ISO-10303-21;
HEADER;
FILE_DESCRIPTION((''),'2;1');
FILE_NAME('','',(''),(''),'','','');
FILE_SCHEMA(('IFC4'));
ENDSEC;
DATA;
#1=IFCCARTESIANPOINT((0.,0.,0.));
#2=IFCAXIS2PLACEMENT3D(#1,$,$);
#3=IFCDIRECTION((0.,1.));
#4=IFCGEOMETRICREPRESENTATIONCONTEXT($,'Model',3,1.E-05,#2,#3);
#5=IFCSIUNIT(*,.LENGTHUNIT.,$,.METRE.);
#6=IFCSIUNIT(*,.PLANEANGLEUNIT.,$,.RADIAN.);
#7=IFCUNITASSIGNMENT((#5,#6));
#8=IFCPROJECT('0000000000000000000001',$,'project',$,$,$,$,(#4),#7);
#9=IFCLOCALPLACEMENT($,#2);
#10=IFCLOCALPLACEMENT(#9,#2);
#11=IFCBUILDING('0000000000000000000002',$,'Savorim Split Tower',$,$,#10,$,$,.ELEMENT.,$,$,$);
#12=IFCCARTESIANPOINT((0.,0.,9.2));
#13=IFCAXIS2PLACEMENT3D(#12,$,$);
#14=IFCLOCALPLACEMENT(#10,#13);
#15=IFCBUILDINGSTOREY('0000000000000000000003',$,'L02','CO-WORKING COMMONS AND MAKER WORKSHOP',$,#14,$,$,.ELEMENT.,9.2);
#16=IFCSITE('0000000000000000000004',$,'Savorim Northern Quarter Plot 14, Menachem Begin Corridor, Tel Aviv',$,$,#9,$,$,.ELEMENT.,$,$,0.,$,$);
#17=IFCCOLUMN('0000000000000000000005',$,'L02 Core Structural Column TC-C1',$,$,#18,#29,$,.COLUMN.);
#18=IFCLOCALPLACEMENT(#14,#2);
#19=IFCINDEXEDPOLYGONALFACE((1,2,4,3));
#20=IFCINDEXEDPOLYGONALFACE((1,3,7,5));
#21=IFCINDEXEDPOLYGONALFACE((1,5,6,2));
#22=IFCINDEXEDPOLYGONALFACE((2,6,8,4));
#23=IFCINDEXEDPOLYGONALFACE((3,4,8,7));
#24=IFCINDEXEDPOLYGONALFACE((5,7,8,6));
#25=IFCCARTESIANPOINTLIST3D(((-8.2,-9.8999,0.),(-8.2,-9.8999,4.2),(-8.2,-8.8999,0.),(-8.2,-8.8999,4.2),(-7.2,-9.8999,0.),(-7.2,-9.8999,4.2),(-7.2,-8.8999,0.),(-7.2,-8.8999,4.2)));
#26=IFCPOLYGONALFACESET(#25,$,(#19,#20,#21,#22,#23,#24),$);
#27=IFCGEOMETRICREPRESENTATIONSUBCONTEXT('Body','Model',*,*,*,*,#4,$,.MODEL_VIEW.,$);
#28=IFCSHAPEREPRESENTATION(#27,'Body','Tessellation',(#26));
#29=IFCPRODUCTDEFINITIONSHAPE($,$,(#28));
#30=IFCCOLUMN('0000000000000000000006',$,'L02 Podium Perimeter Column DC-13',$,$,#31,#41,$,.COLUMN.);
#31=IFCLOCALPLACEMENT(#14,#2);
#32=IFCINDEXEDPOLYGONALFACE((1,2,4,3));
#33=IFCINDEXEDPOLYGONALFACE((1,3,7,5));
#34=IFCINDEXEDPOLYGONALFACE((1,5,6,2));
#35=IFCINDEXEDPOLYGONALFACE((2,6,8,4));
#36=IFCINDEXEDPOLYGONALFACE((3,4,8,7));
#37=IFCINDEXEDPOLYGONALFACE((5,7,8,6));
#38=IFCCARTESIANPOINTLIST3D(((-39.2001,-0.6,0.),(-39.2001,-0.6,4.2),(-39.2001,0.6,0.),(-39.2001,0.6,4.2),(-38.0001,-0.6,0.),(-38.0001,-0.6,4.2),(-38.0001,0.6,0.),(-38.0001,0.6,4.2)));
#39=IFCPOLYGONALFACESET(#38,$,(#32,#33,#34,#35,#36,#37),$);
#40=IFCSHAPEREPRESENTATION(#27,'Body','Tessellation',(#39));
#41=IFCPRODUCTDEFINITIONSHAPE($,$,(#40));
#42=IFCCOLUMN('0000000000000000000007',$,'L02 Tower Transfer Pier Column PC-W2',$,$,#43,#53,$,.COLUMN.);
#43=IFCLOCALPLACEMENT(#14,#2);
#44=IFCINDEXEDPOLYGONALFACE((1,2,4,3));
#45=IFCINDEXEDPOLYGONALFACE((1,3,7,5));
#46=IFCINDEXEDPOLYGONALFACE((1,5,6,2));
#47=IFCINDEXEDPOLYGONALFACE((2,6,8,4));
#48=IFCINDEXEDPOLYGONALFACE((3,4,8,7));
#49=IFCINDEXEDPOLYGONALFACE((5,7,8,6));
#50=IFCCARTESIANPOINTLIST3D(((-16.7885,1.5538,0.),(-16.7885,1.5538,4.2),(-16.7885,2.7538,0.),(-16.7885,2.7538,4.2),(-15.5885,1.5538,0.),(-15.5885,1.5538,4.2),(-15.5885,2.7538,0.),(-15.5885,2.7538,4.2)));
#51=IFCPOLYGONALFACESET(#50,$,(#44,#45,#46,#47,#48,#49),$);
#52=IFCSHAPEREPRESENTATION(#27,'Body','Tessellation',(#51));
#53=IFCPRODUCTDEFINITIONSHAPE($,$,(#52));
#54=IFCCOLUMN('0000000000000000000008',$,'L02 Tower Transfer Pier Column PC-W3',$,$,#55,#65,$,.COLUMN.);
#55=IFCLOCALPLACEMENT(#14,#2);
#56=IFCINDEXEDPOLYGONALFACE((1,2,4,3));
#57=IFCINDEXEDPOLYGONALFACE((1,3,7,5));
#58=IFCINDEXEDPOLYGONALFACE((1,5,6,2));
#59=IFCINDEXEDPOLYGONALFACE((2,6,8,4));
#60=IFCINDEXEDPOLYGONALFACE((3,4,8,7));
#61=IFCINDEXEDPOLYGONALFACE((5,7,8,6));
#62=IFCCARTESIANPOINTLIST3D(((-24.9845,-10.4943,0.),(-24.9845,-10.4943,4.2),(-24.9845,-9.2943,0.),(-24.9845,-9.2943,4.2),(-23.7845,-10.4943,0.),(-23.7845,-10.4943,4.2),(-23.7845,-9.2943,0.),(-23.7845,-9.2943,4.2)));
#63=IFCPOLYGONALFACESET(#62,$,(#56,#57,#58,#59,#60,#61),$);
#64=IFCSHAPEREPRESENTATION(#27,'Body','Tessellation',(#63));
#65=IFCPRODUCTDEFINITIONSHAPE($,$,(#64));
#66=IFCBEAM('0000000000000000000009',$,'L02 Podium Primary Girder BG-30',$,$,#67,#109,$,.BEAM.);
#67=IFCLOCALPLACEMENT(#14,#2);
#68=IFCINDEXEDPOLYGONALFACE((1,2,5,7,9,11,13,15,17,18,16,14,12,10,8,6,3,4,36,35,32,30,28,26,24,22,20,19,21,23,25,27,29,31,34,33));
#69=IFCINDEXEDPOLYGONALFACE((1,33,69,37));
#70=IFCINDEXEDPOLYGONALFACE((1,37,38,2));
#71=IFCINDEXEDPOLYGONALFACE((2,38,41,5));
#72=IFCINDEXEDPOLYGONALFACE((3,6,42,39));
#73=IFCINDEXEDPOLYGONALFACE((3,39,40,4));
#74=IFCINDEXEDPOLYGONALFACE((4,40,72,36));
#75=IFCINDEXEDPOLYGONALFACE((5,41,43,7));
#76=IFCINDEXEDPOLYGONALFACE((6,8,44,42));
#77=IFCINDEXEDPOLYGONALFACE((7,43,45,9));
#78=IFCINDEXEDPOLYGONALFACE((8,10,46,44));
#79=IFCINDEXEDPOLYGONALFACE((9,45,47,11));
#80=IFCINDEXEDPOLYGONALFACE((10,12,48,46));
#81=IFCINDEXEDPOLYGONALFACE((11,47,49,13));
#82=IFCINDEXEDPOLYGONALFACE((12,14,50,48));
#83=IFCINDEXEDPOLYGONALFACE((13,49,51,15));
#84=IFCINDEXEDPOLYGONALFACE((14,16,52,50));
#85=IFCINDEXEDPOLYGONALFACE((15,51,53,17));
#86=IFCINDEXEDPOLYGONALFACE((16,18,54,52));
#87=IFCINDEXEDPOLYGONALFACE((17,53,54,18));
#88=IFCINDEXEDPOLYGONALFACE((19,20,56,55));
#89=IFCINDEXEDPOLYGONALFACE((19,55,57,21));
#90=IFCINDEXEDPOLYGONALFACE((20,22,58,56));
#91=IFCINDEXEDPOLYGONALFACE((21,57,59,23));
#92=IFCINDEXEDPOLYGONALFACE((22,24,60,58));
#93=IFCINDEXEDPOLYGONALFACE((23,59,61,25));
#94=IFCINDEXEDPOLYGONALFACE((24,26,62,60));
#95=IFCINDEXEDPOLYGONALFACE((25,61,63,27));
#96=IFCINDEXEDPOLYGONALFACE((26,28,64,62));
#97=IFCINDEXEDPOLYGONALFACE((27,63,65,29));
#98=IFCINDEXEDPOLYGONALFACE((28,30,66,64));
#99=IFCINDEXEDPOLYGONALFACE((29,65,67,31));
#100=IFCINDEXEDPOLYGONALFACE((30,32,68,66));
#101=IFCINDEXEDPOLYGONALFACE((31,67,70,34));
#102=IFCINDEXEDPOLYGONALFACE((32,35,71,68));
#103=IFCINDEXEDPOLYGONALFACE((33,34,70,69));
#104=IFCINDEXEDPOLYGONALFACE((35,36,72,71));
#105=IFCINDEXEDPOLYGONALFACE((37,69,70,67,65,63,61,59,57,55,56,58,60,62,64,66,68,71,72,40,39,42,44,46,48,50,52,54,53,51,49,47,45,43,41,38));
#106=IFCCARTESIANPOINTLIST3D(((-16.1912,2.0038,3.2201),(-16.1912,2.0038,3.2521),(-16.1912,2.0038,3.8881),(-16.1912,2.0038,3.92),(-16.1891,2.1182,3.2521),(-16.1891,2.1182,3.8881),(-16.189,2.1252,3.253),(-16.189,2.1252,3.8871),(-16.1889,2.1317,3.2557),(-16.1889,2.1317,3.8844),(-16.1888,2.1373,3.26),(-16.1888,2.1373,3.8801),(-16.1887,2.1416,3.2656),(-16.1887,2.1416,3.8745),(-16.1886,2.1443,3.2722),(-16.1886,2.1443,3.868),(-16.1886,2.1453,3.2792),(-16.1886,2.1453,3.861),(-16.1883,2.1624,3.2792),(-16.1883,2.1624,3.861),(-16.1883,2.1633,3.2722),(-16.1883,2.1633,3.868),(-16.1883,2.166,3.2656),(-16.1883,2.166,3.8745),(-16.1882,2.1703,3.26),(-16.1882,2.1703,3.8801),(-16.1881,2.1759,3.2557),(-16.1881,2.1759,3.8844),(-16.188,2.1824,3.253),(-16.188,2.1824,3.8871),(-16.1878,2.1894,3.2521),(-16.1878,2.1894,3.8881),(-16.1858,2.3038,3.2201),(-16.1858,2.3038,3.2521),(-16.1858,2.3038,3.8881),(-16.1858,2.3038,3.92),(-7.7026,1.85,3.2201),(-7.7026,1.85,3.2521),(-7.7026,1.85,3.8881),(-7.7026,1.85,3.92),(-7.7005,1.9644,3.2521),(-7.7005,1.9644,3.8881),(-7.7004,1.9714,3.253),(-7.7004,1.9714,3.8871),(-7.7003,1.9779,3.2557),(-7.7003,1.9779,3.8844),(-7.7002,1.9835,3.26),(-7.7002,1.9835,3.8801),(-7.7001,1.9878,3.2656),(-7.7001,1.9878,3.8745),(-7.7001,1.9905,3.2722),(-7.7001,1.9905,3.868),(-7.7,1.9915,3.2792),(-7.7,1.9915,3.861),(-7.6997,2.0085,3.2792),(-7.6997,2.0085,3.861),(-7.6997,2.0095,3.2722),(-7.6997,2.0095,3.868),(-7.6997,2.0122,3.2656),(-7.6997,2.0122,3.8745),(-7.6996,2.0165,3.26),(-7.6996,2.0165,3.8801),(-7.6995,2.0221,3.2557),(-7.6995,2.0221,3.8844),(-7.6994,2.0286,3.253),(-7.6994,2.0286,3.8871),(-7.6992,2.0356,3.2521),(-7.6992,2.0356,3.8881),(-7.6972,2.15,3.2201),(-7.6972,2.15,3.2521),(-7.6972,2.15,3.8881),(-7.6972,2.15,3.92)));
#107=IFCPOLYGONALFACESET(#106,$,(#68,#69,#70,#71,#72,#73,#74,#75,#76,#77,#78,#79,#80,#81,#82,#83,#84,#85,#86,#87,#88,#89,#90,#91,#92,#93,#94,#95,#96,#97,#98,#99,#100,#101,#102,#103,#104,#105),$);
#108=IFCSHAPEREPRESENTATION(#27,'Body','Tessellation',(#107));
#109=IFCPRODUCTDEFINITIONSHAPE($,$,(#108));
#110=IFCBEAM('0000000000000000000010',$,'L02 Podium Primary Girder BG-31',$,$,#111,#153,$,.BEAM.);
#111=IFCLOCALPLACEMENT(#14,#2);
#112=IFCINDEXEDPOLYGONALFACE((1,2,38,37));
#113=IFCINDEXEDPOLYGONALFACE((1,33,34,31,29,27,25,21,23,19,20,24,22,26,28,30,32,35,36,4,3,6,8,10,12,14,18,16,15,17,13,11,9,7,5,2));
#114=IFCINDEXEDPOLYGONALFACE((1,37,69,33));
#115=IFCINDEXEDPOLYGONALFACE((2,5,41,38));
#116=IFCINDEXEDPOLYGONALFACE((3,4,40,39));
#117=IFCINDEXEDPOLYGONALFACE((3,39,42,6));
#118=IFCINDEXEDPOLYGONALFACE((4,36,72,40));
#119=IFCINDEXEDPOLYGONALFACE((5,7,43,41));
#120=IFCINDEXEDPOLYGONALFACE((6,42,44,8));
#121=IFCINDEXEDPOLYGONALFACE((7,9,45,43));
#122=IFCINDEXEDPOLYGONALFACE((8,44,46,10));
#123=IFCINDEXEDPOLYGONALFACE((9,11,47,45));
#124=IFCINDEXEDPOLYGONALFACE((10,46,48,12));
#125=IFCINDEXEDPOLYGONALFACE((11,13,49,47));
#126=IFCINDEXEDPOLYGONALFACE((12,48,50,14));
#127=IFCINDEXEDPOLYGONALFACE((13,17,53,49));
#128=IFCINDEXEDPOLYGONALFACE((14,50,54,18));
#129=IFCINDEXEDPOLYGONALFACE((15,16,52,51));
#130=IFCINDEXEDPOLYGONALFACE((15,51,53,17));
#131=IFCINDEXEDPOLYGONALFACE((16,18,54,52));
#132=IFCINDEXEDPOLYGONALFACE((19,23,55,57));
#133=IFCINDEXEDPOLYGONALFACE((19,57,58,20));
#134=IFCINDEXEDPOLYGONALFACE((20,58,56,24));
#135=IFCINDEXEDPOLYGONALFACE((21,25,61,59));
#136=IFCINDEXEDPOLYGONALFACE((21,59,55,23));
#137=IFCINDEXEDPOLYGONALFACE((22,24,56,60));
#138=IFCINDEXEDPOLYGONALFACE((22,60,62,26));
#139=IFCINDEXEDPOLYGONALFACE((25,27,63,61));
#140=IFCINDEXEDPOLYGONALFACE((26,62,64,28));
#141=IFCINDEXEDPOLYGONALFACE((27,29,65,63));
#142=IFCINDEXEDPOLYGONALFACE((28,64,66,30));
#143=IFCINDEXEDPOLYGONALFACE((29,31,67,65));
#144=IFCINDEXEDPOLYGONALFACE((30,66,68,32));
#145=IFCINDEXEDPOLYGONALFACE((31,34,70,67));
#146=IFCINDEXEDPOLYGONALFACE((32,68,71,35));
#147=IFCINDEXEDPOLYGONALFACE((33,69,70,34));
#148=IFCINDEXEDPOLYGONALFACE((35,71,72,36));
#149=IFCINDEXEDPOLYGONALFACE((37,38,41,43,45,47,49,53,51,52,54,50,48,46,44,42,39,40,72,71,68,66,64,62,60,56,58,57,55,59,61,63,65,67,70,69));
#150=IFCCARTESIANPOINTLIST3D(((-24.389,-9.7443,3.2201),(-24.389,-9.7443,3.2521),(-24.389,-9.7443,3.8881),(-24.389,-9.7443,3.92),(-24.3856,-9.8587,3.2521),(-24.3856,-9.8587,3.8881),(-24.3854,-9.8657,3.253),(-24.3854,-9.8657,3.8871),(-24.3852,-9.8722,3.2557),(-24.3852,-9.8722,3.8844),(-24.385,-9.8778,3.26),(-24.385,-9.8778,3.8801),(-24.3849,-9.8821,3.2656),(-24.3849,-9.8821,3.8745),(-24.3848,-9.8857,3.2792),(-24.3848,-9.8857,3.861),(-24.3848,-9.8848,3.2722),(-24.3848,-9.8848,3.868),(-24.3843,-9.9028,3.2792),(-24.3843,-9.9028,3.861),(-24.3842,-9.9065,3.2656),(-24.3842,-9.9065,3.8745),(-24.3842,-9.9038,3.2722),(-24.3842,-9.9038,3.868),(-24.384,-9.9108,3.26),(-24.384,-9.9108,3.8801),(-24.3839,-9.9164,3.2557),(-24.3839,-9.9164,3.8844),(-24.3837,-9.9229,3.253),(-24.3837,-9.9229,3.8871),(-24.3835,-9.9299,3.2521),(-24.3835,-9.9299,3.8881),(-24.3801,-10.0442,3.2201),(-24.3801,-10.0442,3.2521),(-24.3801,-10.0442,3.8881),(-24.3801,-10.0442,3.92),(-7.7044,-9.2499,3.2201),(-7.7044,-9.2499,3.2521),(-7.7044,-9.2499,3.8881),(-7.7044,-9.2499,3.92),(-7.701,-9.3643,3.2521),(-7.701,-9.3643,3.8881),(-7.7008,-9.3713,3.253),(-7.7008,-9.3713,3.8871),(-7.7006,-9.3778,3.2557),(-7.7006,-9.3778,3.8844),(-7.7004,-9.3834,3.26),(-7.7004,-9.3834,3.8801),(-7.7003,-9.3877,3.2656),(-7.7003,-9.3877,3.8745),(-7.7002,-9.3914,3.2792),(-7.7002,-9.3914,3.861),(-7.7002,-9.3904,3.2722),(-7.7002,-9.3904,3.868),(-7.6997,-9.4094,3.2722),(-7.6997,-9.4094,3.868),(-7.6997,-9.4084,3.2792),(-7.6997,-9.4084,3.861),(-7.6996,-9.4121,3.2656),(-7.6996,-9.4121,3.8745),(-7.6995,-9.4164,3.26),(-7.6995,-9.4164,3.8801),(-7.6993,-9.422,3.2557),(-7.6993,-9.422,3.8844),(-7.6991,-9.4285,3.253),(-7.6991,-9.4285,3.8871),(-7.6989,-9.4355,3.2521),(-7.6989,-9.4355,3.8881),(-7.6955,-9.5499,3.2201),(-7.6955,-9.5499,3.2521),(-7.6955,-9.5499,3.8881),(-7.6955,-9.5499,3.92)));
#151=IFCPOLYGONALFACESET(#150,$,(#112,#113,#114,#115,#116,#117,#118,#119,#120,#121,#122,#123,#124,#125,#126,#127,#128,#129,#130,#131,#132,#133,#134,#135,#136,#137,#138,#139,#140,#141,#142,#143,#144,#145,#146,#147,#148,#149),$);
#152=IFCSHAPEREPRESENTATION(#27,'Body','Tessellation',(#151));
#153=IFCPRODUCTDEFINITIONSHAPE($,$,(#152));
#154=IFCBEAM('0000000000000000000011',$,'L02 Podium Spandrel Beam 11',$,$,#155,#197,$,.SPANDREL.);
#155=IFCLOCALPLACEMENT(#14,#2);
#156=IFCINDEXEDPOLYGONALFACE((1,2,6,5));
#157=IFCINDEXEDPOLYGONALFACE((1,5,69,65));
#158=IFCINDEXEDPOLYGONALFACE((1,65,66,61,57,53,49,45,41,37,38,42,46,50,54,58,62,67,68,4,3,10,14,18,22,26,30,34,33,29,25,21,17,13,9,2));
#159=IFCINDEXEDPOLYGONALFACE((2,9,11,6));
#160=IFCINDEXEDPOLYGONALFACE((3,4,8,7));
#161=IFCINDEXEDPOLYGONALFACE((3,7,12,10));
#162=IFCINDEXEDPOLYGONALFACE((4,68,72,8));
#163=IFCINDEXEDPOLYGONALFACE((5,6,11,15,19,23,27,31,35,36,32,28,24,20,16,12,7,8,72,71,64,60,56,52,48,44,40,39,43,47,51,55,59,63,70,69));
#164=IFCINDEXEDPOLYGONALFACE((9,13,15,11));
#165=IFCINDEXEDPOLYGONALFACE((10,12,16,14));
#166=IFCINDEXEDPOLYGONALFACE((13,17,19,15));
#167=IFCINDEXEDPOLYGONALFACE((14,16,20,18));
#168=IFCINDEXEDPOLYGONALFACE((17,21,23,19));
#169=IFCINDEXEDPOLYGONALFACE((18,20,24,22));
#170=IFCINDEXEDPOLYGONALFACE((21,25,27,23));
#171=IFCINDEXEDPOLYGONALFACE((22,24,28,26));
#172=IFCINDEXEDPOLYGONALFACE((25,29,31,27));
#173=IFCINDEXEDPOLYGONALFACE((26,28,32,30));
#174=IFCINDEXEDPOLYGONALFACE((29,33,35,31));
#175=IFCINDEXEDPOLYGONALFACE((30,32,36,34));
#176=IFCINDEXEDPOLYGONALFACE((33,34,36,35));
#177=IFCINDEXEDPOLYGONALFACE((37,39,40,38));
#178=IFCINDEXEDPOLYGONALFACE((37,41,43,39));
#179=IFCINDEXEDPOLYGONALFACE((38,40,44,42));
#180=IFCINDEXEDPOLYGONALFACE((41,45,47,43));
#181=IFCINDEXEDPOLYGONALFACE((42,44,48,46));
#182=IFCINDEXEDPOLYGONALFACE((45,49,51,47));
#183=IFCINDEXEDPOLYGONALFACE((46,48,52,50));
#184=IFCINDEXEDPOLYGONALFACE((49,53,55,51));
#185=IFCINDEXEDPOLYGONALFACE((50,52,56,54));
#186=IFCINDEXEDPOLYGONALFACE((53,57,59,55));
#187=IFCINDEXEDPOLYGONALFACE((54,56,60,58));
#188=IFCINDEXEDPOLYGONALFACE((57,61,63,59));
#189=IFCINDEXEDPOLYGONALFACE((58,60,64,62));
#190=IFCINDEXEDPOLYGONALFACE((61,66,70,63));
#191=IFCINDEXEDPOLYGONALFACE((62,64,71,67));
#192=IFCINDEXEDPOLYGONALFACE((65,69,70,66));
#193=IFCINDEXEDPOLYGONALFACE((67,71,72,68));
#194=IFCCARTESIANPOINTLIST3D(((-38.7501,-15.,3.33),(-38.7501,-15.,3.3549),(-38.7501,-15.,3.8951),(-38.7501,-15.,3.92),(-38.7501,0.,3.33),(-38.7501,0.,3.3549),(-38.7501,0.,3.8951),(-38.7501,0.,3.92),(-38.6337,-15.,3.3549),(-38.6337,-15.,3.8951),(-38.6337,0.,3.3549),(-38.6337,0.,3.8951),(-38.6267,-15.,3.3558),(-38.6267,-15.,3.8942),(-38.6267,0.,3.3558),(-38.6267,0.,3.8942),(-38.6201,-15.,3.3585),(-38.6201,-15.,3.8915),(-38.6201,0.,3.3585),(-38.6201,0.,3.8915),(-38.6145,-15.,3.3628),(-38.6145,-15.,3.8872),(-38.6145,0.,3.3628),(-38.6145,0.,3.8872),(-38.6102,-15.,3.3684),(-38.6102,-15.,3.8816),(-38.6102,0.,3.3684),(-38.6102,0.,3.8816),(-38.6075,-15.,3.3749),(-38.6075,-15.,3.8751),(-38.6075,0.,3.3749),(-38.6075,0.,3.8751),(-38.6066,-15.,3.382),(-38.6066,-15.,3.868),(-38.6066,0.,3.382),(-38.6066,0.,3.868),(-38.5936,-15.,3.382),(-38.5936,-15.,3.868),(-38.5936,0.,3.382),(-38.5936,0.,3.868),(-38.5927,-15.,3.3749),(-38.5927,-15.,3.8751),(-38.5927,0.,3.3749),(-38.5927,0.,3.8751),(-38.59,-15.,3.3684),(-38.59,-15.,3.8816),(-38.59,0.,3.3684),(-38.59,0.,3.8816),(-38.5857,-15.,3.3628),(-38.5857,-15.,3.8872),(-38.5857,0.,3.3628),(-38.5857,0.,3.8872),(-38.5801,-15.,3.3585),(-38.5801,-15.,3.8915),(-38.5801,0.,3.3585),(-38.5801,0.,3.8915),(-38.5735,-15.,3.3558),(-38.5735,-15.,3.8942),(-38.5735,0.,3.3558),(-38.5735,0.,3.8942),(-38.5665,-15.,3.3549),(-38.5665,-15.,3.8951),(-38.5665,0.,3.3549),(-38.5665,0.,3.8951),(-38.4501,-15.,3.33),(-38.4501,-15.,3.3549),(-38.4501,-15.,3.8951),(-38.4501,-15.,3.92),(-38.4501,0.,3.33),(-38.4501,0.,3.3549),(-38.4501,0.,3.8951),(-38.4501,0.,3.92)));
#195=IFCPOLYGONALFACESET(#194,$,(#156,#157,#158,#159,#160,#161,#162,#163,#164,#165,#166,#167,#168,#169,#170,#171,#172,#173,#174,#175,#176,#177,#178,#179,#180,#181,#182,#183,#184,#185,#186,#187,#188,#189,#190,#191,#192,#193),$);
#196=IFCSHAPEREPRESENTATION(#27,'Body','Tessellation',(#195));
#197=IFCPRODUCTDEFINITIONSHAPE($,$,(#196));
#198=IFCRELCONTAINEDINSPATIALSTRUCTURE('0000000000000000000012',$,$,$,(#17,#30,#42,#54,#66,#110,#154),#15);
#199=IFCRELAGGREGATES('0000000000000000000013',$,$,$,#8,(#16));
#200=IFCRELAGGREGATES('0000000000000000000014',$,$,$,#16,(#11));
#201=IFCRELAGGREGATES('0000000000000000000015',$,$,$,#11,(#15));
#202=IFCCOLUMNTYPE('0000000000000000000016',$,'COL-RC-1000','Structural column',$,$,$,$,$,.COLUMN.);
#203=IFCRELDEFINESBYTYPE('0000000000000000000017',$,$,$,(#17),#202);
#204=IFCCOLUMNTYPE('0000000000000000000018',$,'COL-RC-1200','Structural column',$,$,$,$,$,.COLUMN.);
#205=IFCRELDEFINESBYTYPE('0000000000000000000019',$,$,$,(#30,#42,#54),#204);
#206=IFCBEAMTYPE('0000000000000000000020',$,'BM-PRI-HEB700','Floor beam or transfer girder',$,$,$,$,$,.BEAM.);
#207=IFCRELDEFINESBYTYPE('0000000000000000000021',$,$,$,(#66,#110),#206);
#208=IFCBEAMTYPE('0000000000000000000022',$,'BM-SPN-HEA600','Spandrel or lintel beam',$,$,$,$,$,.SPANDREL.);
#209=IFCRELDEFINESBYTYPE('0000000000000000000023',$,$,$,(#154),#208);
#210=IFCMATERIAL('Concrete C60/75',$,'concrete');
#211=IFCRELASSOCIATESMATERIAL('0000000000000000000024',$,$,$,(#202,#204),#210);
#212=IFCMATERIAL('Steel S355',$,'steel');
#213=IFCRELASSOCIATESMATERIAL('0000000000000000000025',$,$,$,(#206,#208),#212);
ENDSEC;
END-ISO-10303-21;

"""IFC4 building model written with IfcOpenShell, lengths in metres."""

from ifc_helpers import new_model, si_unit, direction, frame, origin, origin_2d, place, context, subcontext, project, spatial, rectangle, i_section, extrude, material, material_profile, profile_set, type_object, element, save


model = new_model("IFC4")

# Units and contexts
model_context = context("Model", 3, precision=1e-05, world=origin(), true_north=direction((0.0, 1.0)))
body_context = subcontext(model_context, "Body", "Model", "MODEL_VIEW")
ifc_project = project(units=[si_unit("LENGTHUNIT", "METRE"), si_unit("PLANEANGLEUNIT", "RADIAN")], contexts=[model_context])

# Site, building, storey
site_placement = place(None, origin())
site = spatial("IfcSite", under=ifc_project, at=site_placement, Name="Savorim Northern Quarter Plot 14, Menachem Begin Corridor, Tel Aviv", CompositionType="ELEMENT", RefElevation=0.0)
building_placement = place(site_placement, origin())
building = spatial("IfcBuilding", under=site, at=building_placement, Name="Savorim Split Tower", CompositionType="ELEMENT")
storey_placement = place(building_placement, frame((0.0, 0.0, 9.2)))
storey = spatial("IfcBuildingStorey", under=building, at=storey_placement, Name="L02", Description="CO-WORKING COMMONS AND MAKER WORKSHOP", CompositionType="ELEMENT", Elevation=9.2)

# Columns
ifc_material_1 = material(Name="Concrete C60/75", Category="concrete")
ifc_material_profile_1 = material_profile(ifc_material_1, rectangle(XDim=1.0, YDim=1.0, at=origin_2d()), Name="RC 1000x1000")
ifc_profile_set_1 = profile_set([ifc_material_profile_1], Name="Concrete C60/75")
column_type_1 = type_object("IfcColumnType", Name="COL-RC-1000", Description="Structural column", PredefinedType="COLUMN", material=ifc_profile_set_1)
column_placement = place(storey_placement, frame((-7.7, -9.3999, 0.0), z_axis=(0.0, 0.0, 1.0), x_axis=(1.0, 0.0, 0.0)))
element("IfcColumn", 1, at=column_placement, inside=storey, type_object=column_type_1, Name="L02 Core Structural Column TC-C1", PredefinedType="COLUMN", context=body_context, shape_type="SweptSolid", body=[
    extrude(rectangle(XDim=1.0, YDim=1.0, at=origin_2d()), origin(), (0.0, 0.0, 1.0), 4.2),
])
ifc_material_profile_2 = material_profile(ifc_material_1, rectangle(XDim=1.2, YDim=1.2, at=origin_2d()), Name="RC 1200x1200")
ifc_profile_set_2 = profile_set([ifc_material_profile_2], Name="Concrete C60/75")
column_type_2 = type_object("IfcColumnType", Name="COL-RC-1200", Description="Structural column", PredefinedType="COLUMN", material=ifc_profile_set_2)
for number, where, z_axis, x_axis, name in (
    (2, (-38.6001, 0.0, 0.0), (0.0, 0.0, 1.0), (1.0, 0.0, 0.0), "L02 Podium Perimeter Column DC-13"),
    (3, (-16.1885, 2.1538, 0.0), (0.0, 0.0, 1.0), (1.0, 0.0, 0.0), "L02 Tower Transfer Pier Column PC-W2"),
    (4, (-24.3845, -9.8943, 0.0), (0.0, 0.0, 1.0), (1.0, 0.0, 0.0), "L02 Tower Transfer Pier Column PC-W3"),
):
    element("IfcColumn", number, at=place(storey_placement, frame(where, z_axis=z_axis, x_axis=x_axis)), inside=storey, type_object=column_type_2, Name=name, PredefinedType="COLUMN", context=body_context, shape_type="SweptSolid", body=[
        extrude(rectangle(XDim=1.2, YDim=1.2, at=origin_2d()), origin(), (0.0, 0.0, 1.0), 4.2),
    ])

# Beams
ifc_material_2 = material(Name="Steel S355", Category="steel")
ifc_material_profile_3 = material_profile(ifc_material_2, i_section(OverallWidth=0.3, OverallDepth=0.7, WebThickness=0.0171, FlangeThickness=0.032, FilletRadius=0.0271, at=origin_2d()), Name="HEB 700")
ifc_profile_set_3 = profile_set([ifc_material_profile_3], Name="Steel S355")
beam_type_1 = type_object("IfcBeamType", Name="BM-PRI-HEB700", Description="Floor beam or transfer girder", PredefinedType="BEAM", material=ifc_profile_set_3)
beam_1_placement = place(storey_placement, frame((-16.1885, 2.1538, 3.5701), z_axis=(0.999836, -0.018117, 0.0), x_axis=(0.018117, 0.999836, 0.0)))
element("IfcBeam", 5, at=beam_1_placement, inside=storey, type_object=beam_type_1, Name="L02 Podium Primary Girder BG-30", PredefinedType="BEAM", context=body_context, shape_type="SweptSolid", body=[
    extrude(i_section(OverallWidth=0.3, OverallDepth=0.7, WebThickness=0.0171, FlangeThickness=0.032, FilletRadius=0.0271, at=origin_2d()), origin(), (0.0, 0.0, 1.0), 8.49),
])
beam_2_placement = place(storey_placement, frame((-24.3845, -9.8943, 3.5701), z_axis=(0.999561, 0.029618, 0.0), x_axis=(-0.029618, 0.999561, 0.0)))
element("IfcBeam", 6, at=beam_2_placement, inside=storey, type_object=beam_type_1, Name="L02 Podium Primary Girder BG-31", PredefinedType="BEAM", context=body_context, shape_type="SweptSolid", body=[
    extrude(i_section(OverallWidth=0.3, OverallDepth=0.7, WebThickness=0.0171, FlangeThickness=0.032, FilletRadius=0.0271, at=origin_2d()), origin(), (0.0, 0.0, 1.0), 16.6919),
])
ifc_material_profile_4 = material_profile(ifc_material_2, i_section(OverallWidth=0.3, OverallDepth=0.5901, WebThickness=0.0129, FlangeThickness=0.0249, FilletRadius=0.0271, at=origin_2d()), Name="HEA 600")
ifc_profile_set_4 = profile_set([ifc_material_profile_4], Name="Steel S355")
beam_type_2 = type_object("IfcBeamType", Name="BM-SPN-HEA600", Description="Spandrel or lintel beam", PredefinedType="SPANDREL", material=ifc_profile_set_4)
beam_3_placement = place(storey_placement, frame((-38.6001, 0.0, 3.625), z_axis=(0.0, -1.0, 0.0), x_axis=(1.0, 0.0, 0.0)))
element("IfcBeam", 7, at=beam_3_placement, inside=storey, type_object=beam_type_2, Name="L02 Podium Spandrel Beam 11", PredefinedType="SPANDREL", context=body_context, shape_type="SweptSolid", body=[
    extrude(i_section(OverallWidth=0.3, OverallDepth=0.5901, WebThickness=0.0129, FlangeThickness=0.0249, FilletRadius=0.0271, at=origin_2d()), origin(), (0.0, 0.0, 1.0), 15.0),
])

save(model, "model.ifc")
